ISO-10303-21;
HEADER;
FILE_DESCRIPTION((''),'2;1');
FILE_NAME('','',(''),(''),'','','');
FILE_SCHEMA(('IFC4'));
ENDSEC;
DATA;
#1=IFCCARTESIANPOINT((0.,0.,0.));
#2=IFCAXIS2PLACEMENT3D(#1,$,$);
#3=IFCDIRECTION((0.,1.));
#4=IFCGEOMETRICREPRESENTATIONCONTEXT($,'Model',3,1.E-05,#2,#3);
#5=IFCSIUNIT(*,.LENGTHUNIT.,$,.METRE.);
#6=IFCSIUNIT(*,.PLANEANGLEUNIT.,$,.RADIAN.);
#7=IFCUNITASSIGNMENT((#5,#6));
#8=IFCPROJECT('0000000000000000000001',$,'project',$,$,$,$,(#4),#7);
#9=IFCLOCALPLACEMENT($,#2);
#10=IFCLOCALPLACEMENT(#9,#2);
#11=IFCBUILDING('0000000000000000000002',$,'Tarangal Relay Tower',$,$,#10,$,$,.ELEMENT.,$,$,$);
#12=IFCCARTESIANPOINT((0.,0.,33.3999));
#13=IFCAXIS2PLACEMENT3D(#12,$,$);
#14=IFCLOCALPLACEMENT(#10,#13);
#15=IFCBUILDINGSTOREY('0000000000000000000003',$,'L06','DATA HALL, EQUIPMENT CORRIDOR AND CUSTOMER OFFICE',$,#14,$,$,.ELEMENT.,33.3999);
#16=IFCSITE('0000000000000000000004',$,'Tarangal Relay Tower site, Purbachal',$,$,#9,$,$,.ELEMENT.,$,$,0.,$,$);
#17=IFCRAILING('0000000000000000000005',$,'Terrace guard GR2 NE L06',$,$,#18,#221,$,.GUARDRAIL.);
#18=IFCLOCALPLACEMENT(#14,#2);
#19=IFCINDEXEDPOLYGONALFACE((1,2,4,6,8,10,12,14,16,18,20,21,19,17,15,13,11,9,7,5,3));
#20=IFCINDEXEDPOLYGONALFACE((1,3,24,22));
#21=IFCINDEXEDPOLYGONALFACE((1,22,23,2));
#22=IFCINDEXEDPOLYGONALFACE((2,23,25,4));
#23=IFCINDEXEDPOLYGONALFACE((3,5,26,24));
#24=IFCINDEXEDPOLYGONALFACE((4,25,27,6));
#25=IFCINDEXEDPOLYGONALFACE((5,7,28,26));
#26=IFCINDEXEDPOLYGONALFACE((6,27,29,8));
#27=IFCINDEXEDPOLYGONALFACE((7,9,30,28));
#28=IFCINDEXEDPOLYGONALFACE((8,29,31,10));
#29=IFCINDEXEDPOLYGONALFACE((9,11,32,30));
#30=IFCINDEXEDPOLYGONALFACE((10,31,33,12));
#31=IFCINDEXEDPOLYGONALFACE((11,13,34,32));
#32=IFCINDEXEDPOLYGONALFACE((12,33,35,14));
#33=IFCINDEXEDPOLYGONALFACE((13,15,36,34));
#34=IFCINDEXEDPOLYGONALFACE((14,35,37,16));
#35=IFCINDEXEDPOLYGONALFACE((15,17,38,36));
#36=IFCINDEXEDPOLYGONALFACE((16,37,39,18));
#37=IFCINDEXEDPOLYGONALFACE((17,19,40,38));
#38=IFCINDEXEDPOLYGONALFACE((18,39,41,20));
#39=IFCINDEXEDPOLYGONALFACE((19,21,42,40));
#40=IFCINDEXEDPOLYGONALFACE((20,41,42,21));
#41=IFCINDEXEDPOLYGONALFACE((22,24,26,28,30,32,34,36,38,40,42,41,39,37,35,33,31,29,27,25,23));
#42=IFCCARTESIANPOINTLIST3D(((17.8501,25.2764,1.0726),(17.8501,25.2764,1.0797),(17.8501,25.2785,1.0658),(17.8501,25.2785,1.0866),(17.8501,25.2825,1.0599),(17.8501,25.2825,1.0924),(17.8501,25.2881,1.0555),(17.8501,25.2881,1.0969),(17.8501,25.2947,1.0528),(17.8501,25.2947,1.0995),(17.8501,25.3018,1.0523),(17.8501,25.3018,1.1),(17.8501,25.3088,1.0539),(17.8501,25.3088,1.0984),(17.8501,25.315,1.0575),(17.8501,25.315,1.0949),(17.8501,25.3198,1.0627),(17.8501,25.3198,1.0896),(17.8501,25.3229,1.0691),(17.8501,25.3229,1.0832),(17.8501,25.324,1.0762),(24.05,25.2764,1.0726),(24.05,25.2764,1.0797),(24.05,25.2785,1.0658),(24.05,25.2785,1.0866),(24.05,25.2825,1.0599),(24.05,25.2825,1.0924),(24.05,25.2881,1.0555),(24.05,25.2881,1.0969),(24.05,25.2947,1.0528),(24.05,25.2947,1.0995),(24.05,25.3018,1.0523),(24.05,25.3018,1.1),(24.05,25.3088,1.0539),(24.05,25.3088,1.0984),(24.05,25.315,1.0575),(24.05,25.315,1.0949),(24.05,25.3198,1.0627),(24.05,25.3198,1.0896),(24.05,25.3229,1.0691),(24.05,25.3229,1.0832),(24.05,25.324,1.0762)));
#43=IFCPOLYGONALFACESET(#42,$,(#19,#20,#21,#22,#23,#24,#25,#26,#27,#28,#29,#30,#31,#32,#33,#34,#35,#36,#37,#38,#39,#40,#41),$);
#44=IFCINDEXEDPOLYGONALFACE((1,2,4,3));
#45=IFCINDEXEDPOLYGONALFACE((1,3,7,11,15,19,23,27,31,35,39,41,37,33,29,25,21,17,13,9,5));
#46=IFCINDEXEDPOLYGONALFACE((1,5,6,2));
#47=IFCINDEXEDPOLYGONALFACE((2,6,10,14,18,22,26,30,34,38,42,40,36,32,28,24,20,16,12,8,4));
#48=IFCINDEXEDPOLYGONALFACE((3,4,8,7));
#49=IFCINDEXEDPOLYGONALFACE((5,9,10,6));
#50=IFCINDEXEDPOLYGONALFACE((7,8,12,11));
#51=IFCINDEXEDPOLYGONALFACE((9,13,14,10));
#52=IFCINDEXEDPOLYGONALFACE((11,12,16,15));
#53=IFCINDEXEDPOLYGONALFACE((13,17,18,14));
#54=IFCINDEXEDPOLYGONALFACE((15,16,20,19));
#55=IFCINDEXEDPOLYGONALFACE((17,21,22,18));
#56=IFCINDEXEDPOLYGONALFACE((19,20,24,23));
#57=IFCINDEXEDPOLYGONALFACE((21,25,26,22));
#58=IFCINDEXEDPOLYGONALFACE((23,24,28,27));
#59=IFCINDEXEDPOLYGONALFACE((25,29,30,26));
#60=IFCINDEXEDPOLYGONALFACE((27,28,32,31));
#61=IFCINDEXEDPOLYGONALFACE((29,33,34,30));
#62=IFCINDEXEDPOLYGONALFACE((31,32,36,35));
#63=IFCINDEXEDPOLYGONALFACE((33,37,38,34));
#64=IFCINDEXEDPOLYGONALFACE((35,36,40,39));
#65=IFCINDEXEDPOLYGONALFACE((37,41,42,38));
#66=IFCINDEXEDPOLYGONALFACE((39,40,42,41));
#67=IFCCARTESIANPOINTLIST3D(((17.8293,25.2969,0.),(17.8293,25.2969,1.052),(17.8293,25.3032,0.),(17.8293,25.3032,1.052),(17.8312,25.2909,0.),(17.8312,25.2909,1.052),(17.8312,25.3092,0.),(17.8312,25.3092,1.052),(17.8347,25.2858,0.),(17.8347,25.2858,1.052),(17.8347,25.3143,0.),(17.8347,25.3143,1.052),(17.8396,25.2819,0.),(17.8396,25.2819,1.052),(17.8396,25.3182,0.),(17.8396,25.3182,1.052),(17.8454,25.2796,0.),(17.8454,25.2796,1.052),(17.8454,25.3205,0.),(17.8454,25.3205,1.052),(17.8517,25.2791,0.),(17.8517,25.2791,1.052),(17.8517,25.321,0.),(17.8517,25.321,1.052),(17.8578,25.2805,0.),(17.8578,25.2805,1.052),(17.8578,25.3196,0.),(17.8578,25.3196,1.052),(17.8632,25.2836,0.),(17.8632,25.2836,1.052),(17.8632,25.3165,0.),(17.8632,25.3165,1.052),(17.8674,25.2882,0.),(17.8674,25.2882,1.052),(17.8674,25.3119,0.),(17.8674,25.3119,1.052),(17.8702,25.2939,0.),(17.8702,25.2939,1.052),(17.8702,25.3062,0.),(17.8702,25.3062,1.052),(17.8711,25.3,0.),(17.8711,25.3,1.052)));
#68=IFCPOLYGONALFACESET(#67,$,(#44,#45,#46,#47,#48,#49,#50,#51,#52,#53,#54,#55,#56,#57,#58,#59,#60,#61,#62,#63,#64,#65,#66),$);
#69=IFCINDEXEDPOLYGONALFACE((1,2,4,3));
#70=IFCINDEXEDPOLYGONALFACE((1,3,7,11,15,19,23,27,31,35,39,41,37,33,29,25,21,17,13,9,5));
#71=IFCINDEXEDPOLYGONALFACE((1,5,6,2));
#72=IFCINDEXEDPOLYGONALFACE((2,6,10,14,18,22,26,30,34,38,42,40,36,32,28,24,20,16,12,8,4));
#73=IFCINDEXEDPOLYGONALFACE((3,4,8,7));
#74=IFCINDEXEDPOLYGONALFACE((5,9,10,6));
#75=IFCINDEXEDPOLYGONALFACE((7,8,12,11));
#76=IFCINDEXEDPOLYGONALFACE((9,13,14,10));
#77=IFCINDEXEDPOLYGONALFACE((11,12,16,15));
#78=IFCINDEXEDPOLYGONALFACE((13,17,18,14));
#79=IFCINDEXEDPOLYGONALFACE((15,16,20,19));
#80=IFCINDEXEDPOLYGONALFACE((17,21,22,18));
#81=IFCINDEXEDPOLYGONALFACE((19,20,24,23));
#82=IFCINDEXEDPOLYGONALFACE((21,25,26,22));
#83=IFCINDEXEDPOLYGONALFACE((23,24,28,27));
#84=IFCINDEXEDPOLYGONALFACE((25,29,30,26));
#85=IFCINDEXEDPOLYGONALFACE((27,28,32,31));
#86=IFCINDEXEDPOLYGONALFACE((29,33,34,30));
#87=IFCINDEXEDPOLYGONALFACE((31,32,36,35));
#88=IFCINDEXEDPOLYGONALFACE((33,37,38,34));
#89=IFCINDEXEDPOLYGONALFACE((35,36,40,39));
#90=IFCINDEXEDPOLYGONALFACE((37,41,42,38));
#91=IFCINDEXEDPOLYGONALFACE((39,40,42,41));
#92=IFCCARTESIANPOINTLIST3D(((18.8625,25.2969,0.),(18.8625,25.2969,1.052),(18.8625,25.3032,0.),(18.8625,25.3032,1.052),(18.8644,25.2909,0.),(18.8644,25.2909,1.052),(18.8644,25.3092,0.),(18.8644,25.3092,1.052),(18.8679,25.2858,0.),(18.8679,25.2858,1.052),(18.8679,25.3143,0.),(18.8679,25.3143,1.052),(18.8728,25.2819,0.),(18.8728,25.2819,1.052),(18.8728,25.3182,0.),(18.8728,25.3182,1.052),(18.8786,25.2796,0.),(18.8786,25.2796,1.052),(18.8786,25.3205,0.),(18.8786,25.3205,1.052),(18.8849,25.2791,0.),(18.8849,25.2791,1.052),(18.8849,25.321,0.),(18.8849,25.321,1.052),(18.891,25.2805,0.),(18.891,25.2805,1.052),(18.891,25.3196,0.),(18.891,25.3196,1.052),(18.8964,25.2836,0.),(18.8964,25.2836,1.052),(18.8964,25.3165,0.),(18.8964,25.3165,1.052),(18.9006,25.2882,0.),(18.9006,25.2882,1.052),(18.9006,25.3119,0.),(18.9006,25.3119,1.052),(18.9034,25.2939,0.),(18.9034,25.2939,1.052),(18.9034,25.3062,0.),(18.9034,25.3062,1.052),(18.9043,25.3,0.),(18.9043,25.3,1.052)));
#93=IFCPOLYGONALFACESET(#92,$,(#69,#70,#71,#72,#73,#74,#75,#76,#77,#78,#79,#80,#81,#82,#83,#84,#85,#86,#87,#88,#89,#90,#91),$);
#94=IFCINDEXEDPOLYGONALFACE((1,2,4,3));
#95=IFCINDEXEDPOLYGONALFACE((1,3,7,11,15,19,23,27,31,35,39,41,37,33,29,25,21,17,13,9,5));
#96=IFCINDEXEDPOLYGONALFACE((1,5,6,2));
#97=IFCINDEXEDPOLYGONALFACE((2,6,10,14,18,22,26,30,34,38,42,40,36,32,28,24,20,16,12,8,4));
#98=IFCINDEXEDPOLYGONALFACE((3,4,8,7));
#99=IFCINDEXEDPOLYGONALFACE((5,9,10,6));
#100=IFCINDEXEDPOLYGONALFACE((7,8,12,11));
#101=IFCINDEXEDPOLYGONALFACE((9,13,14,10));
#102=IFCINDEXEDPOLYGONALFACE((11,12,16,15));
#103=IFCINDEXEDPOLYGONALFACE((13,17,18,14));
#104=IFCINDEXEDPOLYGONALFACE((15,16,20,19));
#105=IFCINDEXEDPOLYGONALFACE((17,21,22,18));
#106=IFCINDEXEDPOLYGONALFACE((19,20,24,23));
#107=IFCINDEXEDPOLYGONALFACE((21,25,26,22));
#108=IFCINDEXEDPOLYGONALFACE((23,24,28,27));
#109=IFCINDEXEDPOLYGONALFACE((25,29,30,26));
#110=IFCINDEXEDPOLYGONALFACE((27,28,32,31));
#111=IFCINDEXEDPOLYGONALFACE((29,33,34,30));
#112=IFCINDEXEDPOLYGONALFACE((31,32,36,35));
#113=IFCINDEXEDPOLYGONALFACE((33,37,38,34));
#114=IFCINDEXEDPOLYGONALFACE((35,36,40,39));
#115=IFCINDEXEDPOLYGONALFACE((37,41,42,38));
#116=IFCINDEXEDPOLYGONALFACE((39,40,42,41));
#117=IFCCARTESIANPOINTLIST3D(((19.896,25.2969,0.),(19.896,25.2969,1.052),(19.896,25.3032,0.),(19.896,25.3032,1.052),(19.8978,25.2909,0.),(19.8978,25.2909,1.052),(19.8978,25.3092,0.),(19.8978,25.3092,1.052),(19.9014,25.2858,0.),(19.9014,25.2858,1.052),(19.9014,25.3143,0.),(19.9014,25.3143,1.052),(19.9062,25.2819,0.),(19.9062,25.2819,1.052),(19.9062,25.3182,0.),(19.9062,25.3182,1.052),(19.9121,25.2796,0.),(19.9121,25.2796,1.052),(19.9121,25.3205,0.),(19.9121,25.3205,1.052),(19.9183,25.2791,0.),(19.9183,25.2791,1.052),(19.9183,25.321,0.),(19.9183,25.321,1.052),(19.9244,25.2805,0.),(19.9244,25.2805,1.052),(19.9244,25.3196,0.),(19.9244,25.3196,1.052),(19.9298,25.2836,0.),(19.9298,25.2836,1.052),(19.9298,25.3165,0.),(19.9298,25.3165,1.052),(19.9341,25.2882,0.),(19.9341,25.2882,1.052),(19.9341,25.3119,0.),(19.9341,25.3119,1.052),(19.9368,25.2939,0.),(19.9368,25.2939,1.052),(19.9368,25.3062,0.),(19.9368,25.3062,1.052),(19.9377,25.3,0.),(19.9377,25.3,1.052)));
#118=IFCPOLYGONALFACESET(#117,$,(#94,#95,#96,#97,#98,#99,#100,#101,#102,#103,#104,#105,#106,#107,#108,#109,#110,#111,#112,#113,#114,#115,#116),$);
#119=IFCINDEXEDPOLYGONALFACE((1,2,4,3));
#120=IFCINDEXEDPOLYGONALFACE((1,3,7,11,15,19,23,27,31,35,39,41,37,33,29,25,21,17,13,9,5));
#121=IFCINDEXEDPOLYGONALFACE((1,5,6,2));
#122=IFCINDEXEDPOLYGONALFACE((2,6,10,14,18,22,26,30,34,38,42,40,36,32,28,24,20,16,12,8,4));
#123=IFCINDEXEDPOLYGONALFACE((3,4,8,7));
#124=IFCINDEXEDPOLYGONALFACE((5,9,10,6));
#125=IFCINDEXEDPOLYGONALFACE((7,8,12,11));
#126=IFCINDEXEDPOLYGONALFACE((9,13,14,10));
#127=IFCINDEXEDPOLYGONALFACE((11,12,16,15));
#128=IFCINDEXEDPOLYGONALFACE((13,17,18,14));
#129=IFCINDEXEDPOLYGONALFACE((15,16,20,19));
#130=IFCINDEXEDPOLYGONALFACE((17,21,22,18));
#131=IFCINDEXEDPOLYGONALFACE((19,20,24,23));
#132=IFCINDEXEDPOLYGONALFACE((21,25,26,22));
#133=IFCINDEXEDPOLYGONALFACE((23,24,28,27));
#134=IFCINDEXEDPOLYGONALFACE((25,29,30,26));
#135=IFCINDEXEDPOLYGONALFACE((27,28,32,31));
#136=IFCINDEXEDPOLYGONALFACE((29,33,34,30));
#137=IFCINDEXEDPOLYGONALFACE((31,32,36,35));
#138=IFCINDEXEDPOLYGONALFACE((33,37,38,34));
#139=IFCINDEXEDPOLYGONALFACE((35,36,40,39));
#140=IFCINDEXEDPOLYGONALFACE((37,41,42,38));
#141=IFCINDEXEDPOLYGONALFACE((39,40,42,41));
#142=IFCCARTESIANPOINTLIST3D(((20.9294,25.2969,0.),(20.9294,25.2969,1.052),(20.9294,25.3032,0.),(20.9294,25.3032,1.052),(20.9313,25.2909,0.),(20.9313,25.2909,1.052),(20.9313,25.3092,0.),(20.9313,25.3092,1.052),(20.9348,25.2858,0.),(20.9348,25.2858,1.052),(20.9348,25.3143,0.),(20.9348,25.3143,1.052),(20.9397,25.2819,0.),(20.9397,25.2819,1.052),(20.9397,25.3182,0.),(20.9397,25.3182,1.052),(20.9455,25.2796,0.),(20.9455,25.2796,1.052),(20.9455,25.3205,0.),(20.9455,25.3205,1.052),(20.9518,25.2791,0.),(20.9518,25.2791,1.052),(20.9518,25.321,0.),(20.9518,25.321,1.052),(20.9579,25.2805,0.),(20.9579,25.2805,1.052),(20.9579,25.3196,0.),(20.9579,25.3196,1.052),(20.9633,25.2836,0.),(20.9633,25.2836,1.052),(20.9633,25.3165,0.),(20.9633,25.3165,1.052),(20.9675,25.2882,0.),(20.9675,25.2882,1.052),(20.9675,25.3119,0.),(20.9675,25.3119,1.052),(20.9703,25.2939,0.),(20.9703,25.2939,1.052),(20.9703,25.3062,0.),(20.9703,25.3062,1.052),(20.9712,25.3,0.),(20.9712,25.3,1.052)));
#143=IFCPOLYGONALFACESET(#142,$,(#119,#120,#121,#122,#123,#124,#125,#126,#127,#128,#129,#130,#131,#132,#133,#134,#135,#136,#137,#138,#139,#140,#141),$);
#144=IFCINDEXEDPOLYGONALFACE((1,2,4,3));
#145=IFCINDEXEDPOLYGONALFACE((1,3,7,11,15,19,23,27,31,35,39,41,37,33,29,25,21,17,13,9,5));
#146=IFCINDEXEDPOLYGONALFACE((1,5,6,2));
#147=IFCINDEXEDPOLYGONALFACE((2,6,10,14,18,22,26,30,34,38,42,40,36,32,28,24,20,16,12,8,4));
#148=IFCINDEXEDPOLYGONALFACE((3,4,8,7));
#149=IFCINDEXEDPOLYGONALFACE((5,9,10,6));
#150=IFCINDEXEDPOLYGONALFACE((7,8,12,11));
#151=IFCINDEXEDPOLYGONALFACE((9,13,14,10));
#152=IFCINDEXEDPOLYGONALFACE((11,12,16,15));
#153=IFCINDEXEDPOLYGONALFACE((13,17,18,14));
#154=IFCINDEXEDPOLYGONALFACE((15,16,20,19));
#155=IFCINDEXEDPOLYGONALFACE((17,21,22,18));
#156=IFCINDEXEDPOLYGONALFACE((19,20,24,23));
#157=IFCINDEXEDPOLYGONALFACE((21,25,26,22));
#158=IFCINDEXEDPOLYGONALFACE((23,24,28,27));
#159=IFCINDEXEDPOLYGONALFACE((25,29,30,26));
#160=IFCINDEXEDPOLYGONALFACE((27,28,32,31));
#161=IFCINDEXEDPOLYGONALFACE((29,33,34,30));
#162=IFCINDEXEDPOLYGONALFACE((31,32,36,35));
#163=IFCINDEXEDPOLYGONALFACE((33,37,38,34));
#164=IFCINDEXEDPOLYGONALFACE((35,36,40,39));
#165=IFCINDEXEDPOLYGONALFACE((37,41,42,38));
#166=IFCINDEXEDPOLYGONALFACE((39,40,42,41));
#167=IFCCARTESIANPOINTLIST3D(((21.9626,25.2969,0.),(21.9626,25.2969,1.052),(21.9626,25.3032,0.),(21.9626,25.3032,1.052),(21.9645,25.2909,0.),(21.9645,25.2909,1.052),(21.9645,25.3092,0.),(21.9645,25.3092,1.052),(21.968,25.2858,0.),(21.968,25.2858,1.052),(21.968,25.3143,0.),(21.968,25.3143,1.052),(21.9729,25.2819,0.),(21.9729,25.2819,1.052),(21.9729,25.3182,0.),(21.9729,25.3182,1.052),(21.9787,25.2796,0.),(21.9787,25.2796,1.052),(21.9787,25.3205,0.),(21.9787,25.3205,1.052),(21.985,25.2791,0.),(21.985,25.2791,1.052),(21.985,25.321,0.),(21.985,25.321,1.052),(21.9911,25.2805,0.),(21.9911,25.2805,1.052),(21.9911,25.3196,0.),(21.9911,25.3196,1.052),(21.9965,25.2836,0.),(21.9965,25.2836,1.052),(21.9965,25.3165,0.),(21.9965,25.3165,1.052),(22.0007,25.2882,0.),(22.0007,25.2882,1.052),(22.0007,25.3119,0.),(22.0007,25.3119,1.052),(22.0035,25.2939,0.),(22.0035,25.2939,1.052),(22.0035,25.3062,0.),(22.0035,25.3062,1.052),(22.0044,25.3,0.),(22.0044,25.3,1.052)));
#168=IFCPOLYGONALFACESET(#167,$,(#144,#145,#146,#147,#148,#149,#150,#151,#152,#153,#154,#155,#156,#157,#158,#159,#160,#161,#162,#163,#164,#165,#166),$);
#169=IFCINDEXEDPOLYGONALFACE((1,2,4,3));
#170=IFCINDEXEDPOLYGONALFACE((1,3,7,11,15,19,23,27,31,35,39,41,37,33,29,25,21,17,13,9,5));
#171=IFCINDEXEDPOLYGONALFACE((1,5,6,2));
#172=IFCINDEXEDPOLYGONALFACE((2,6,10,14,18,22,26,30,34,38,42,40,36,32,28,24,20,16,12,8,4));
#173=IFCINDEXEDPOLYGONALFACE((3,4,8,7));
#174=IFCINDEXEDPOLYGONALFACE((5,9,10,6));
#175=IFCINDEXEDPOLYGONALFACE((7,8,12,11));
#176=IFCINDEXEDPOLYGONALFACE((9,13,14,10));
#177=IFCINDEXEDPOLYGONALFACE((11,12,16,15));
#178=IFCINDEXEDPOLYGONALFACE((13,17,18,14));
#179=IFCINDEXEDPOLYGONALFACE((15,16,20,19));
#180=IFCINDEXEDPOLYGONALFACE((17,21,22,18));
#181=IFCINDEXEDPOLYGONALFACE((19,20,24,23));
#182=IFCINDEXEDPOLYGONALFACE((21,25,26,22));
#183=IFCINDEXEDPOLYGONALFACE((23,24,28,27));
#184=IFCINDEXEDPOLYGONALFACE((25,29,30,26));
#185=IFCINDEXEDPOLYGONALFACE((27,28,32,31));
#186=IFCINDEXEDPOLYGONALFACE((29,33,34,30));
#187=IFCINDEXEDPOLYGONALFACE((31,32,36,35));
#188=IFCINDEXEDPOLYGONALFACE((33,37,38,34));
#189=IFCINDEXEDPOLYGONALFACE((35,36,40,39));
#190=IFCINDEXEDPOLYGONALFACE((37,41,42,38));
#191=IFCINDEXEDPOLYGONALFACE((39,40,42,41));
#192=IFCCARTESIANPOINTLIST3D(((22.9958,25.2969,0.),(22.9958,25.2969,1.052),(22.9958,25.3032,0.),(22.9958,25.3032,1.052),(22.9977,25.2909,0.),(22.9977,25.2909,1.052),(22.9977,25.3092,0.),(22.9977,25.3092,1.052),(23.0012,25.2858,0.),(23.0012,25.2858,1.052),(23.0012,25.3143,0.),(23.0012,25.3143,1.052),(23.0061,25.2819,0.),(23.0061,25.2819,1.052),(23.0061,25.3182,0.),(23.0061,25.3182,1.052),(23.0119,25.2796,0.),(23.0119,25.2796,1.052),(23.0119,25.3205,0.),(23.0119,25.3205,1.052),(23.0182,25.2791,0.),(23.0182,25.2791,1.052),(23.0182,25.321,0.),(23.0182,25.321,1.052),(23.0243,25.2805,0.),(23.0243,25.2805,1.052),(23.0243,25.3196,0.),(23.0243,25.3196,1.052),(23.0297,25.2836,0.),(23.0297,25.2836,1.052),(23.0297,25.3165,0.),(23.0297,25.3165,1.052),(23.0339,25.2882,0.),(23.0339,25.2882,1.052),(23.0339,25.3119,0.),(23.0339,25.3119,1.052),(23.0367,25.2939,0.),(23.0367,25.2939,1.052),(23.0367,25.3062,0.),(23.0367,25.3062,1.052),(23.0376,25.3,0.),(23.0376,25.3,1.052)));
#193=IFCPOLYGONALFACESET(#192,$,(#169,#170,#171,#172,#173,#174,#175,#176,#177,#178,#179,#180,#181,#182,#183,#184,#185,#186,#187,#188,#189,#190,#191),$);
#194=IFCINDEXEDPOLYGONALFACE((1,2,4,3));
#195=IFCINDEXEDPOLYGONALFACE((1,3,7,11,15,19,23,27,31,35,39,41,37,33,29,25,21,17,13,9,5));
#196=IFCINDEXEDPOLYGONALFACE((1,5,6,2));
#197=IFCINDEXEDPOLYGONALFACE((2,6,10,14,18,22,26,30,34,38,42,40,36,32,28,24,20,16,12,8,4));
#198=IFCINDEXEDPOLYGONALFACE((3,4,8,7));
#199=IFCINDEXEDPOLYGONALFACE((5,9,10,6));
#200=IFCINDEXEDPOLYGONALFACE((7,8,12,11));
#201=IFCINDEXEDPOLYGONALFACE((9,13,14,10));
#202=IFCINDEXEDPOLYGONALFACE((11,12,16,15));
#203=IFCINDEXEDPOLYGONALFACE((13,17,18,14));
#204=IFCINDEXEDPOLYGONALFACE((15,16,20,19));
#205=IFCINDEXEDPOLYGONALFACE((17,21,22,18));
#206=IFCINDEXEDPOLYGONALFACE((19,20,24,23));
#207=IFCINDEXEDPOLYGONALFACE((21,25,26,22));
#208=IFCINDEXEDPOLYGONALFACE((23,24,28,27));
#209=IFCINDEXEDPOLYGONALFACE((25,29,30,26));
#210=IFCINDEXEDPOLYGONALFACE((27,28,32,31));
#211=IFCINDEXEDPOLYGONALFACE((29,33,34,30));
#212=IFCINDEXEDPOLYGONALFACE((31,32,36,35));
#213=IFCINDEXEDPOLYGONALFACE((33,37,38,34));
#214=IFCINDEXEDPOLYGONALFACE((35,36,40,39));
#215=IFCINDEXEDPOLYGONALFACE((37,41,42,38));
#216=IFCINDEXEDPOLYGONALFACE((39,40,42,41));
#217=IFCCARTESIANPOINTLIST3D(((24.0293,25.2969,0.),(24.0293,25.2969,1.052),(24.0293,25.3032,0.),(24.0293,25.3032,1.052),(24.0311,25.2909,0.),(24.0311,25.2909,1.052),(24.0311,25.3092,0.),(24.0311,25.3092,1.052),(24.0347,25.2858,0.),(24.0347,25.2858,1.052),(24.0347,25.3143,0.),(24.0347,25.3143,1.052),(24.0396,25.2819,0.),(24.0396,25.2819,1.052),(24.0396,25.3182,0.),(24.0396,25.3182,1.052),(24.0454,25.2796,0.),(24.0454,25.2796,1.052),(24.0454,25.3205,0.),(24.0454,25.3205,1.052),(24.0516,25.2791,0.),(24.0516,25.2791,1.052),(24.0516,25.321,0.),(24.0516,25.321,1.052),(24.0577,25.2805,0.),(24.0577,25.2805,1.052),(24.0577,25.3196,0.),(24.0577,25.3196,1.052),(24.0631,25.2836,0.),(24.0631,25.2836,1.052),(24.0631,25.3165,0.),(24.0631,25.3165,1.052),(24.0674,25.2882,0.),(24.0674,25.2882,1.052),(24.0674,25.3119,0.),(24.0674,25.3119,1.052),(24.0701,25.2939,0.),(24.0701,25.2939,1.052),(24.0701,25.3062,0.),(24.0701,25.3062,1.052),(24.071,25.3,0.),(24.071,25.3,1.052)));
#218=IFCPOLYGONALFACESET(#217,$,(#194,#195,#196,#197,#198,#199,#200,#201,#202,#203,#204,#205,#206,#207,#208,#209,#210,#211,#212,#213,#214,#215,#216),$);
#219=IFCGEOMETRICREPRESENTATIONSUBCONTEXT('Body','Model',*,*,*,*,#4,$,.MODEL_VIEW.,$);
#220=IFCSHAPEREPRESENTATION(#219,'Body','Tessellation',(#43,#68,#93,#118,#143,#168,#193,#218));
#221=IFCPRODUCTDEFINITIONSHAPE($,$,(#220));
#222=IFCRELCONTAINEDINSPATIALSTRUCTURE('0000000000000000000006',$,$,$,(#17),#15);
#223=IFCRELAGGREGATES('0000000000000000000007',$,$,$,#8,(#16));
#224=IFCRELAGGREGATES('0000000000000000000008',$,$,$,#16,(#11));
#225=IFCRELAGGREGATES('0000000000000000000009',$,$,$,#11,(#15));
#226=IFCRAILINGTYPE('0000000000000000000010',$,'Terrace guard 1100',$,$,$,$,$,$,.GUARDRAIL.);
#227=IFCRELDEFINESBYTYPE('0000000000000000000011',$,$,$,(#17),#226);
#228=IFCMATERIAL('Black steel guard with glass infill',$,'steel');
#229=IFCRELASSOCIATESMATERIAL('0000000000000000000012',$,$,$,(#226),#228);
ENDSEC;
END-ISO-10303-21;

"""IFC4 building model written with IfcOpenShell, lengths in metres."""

from ifc_helpers import new_model, si_unit, direction, frame, origin, origin_2d, place, context, subcontext, project, spatial, circle, extrude, material, type_object, element, save


model = new_model("IFC4")

# Units and contexts
model_context = context("Model", 3, precision=1e-05, world=origin(), true_north=direction((0.0, 1.0)))
body_context = subcontext(model_context, "Body", "Model", "MODEL_VIEW")
ifc_project = project(units=[si_unit("LENGTHUNIT", "METRE"), si_unit("PLANEANGLEUNIT", "RADIAN")], contexts=[model_context])

# Site, building, storey
site_placement = place(None, origin())
site = spatial("IfcSite", under=ifc_project, at=site_placement, Name="Tarangal Relay Tower site, Purbachal", CompositionType="ELEMENT", RefElevation=0.0)
building_placement = place(site_placement, origin())
building = spatial("IfcBuilding", under=site, at=building_placement, Name="Tarangal Relay Tower", CompositionType="ELEMENT")
storey_placement = place(building_placement, frame((0.0, 0.0, 33.3999)))
storey = spatial("IfcBuildingStorey", under=building, at=storey_placement, Name="L06", Description="DATA HALL, EQUIPMENT CORRIDOR AND CUSTOMER OFFICE", CompositionType="ELEMENT", Elevation=33.3999)

# Railing
ifc_material_1 = material(Name="Black steel guard with glass infill", Category="steel")
railing_type_1 = type_object("IfcRailingType", Name="Terrace guard 1100", PredefinedType="GUARDRAIL", material=ifc_material_1)
railing_1_placement = place(storey_placement, frame((17.8501, 25.3, 0.0)))
element("IfcRailing", 1, at=railing_1_placement, inside=storey, type_object=railing_type_1, Name="Terrace guard GR2 NE L06", PredefinedType="GUARDRAIL", context=body_context, shape_type="SweptSolid", body=[
    extrude(circle(Radius=0.0239, at=origin_2d()), frame((0.0, 0.0, 1.0762), z_axis=(1.0, 0.0, 0.0), x_axis=(0.0, 1.0, 0.0)), (0.0, 0.0, 1.0), 6.2),
    extrude(circle(Radius=0.021, at=origin_2d()), origin(), (0.0, 0.0, 1.0), 1.052),
    extrude(circle(Radius=0.021, at=origin_2d()), frame((1.0332, 0.0, 0.0)), (0.0, 0.0, 1.0), 1.052),
    extrude(circle(Radius=0.021, at=origin_2d()), frame((2.0667, 0.0, 0.0)), (0.0, 0.0, 1.0), 1.052),
    extrude(circle(Radius=0.021, at=origin_2d()), frame((3.1001, 0.0, 0.0)), (0.0, 0.0, 1.0), 1.052),
    extrude(circle(Radius=0.021, at=origin_2d()), frame((4.1333, 0.0, 0.0)), (0.0, 0.0, 1.0), 1.052),
    extrude(circle(Radius=0.021, at=origin_2d()), frame((5.1665, 0.0, 0.0)), (0.0, 0.0, 1.0), 1.052),
    extrude(circle(Radius=0.021, at=origin_2d()), frame((6.2, 0.0, 0.0)), (0.0, 0.0, 1.0), 1.052),
])

save(model, "model.ifc")
